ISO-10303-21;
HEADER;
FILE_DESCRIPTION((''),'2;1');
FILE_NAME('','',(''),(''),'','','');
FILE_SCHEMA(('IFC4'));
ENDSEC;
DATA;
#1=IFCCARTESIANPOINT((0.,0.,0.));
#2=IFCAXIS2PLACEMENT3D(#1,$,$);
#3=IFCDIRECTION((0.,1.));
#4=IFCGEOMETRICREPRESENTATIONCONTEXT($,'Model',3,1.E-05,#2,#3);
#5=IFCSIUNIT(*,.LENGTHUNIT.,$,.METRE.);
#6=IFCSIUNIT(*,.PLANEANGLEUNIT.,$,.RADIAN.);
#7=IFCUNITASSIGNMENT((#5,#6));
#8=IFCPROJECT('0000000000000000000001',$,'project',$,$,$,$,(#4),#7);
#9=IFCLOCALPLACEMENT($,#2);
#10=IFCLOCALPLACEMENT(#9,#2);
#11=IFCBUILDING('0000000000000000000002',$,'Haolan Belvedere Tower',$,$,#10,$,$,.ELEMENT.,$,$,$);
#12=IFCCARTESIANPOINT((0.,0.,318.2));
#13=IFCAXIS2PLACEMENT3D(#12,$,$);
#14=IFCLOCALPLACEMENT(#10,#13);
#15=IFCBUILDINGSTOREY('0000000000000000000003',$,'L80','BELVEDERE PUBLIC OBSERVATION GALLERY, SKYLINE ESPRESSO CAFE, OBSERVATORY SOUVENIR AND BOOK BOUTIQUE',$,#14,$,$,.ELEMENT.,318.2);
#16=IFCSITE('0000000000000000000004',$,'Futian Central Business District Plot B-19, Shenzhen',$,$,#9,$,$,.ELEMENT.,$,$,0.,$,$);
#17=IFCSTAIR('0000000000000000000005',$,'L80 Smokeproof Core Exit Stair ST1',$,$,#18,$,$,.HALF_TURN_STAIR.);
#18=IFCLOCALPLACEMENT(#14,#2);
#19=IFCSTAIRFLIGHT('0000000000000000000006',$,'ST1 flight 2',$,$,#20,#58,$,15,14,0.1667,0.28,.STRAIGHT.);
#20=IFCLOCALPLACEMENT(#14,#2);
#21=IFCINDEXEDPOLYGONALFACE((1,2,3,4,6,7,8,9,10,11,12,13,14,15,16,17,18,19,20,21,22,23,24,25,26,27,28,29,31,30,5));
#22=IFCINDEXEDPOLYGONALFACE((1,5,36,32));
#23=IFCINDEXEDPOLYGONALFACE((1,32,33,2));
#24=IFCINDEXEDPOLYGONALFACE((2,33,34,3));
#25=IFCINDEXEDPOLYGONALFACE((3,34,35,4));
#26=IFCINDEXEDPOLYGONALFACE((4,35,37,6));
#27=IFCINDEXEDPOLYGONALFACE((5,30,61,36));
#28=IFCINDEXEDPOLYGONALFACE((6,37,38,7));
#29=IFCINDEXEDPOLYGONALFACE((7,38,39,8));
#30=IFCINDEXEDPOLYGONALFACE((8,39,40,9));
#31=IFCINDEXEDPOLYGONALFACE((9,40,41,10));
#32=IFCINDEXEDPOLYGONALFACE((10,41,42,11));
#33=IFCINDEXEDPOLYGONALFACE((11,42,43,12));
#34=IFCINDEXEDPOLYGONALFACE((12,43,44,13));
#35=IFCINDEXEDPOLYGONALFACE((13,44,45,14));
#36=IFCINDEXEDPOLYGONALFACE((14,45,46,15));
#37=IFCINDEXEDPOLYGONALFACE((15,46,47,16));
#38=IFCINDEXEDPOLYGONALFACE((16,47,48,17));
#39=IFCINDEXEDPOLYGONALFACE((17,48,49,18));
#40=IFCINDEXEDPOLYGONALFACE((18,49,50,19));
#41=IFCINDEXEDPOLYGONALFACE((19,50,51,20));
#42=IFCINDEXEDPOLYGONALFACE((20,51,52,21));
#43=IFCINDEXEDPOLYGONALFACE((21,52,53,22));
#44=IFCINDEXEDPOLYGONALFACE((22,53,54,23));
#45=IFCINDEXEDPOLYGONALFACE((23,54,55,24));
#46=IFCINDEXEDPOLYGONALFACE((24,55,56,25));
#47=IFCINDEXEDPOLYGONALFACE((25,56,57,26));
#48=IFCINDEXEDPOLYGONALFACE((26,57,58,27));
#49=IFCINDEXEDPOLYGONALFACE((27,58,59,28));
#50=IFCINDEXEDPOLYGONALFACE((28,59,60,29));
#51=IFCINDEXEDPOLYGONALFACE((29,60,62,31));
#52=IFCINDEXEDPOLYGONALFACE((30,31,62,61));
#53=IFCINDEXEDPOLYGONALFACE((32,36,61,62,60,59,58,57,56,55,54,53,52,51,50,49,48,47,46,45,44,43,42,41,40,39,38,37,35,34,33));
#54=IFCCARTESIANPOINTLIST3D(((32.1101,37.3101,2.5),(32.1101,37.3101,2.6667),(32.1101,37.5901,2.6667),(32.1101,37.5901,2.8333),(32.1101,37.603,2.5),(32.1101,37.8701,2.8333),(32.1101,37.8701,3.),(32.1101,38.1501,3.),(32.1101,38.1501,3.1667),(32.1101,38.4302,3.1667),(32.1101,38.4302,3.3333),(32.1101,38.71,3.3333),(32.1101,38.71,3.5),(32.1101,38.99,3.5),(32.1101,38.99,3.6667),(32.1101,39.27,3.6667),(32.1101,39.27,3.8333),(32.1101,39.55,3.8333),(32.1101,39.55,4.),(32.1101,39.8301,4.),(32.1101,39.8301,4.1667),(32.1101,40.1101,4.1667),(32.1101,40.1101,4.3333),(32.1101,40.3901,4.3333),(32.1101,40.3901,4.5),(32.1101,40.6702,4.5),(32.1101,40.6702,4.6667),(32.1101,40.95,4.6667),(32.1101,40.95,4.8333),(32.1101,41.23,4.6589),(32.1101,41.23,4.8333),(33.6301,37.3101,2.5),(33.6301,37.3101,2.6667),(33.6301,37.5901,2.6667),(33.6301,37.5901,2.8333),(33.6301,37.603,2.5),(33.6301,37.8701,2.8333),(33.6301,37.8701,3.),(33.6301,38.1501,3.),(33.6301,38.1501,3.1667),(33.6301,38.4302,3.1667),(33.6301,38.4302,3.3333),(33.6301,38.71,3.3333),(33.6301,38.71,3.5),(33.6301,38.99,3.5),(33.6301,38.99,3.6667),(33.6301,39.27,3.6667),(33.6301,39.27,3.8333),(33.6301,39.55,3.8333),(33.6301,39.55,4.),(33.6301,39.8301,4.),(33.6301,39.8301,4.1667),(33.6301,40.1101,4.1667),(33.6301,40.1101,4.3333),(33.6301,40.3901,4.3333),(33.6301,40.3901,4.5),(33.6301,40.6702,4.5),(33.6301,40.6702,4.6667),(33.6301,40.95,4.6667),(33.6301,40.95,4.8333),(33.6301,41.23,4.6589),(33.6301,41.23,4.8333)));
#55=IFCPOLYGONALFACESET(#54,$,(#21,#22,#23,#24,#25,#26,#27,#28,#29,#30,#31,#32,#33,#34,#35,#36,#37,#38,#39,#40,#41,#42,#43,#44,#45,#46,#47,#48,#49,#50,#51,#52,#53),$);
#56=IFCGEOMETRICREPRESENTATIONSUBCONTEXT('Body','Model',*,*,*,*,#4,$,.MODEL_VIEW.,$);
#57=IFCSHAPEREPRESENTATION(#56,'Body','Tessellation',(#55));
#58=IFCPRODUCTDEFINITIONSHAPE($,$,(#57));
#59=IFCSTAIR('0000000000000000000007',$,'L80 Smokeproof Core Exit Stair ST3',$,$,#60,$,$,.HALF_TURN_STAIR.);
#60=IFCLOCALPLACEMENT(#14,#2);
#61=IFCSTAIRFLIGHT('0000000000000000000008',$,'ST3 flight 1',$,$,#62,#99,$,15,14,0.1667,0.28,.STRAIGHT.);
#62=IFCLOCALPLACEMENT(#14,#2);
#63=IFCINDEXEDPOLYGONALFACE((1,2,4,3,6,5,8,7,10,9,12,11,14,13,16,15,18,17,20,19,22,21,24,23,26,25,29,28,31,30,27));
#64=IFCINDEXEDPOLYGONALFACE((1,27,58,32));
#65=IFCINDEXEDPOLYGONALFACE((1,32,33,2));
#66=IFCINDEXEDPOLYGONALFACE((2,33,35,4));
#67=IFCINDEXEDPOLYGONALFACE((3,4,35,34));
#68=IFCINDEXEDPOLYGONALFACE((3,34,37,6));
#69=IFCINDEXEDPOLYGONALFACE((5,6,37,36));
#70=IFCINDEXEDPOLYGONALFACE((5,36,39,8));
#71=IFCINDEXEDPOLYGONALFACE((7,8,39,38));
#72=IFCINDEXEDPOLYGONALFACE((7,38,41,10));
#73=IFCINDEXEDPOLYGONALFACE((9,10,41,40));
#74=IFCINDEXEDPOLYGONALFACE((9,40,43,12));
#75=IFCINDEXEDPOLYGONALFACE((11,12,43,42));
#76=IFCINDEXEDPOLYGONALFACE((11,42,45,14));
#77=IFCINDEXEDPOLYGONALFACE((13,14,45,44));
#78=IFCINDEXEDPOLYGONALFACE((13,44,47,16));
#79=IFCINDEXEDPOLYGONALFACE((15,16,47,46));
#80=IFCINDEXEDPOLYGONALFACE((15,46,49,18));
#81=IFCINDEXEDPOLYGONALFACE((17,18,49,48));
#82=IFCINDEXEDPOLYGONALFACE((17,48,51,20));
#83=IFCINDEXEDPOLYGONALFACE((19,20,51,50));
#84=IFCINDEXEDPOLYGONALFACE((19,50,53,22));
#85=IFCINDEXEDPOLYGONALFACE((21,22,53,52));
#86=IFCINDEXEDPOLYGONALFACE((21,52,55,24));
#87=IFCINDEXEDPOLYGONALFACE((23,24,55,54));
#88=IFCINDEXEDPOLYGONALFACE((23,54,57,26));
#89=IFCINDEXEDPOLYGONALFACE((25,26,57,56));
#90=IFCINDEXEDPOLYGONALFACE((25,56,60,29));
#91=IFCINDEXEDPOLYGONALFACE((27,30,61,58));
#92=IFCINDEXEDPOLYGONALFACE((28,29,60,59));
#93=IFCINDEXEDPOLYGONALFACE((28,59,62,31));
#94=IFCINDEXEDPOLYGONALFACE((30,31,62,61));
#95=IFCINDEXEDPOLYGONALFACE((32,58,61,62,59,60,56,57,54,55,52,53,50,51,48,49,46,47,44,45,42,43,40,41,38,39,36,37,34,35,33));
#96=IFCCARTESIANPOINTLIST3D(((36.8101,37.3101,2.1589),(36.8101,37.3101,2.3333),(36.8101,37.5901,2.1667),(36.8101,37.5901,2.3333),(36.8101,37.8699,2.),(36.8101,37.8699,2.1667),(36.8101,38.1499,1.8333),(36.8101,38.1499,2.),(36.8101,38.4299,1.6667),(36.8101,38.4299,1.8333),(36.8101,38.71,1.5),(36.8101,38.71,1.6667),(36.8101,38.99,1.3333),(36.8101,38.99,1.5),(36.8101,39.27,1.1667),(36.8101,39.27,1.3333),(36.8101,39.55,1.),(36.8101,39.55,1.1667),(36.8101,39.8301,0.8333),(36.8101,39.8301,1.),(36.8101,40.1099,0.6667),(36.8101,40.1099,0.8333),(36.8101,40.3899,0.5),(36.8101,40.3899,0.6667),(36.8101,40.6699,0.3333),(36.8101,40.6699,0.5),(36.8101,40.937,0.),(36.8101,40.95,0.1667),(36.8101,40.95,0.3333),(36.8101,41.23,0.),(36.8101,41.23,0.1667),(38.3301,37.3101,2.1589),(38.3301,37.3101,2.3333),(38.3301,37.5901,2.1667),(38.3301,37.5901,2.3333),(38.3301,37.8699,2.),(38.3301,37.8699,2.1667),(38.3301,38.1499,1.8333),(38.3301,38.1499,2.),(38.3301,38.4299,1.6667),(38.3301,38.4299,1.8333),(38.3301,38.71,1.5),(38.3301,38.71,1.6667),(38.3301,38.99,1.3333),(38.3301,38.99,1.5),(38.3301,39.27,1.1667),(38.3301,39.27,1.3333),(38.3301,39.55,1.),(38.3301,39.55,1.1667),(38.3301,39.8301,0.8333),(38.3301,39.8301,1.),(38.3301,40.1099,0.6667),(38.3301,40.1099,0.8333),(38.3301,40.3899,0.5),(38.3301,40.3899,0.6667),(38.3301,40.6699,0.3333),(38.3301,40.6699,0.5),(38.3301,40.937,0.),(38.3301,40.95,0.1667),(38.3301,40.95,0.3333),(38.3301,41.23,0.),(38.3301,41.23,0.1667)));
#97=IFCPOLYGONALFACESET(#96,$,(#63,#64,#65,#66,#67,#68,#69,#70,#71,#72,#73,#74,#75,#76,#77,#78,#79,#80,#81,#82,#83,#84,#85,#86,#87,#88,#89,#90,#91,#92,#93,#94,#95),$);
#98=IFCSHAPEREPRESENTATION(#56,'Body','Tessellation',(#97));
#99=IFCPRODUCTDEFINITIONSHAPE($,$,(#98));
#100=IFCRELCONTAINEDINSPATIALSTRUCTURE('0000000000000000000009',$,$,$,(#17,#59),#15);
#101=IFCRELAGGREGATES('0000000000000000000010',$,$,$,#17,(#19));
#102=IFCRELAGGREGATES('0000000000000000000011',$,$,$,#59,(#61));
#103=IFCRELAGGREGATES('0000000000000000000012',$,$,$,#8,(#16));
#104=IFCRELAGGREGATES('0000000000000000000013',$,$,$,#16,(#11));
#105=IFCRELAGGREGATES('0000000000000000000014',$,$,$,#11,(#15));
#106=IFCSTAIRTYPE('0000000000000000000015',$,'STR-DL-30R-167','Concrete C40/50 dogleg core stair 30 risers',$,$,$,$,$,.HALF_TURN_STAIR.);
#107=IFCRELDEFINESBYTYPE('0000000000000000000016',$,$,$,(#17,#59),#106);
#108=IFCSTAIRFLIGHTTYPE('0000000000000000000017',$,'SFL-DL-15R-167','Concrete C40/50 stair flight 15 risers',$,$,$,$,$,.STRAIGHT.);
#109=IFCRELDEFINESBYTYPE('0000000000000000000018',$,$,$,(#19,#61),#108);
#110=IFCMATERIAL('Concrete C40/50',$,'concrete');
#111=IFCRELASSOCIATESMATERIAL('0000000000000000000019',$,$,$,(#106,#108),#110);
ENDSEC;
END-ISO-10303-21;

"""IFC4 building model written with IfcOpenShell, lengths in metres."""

from ifc_helpers import new_model, si_unit, direction, frame, origin, place, context, subcontext, project, spatial, polyline, outline, extrude, material, type_object, element, aggregate, save


model = new_model("IFC4")

# Units and contexts
model_context = context("Model", 3, precision=1e-05, world=origin(), true_north=direction((0.0, 1.0)))
body_context = subcontext(model_context, "Body", "Model", "MODEL_VIEW")
ifc_project = project(units=[si_unit("LENGTHUNIT", "METRE"), si_unit("PLANEANGLEUNIT", "RADIAN")], contexts=[model_context])

# Site, building, storey
site_placement = place(None, origin())
site = spatial("IfcSite", under=ifc_project, at=site_placement, Name="Futian Central Business District Plot B-19, Shenzhen", CompositionType="ELEMENT", RefElevation=0.0)
building_placement = place(site_placement, origin())
building = spatial("IfcBuilding", under=site, at=building_placement, Name="Haolan Belvedere Tower", CompositionType="ELEMENT")
storey_placement = place(building_placement, frame((0.0, 0.0, 318.2)))
storey = spatial("IfcBuildingStorey", under=building, at=storey_placement, Name="L80", Description="BELVEDERE PUBLIC OBSERVATION GALLERY, SKYLINE ESPRESSO CAFE, OBSERVATORY SOUVENIR AND BOOK BOUTIQUE", CompositionType="ELEMENT", Elevation=318.2)

# Stairs, stair flights
ifc_material_1 = material(Name="Concrete C40/50", Category="concrete")
stair_type = type_object("IfcStairType", Name="STR-DL-30R-167", Description="Concrete C40/50 dogleg core stair 30 risers", PredefinedType="HALF_TURN_STAIR", material=ifc_material_1)
stair_1_placement = place(storey_placement, origin())
stair_1 = element("IfcStair", 1, at=stair_1_placement, inside=storey, type_object=stair_type, Name="L80 Smokeproof Core Exit Stair ST1", PredefinedType="HALF_TURN_STAIR")
stair_flight_type = type_object("IfcStairFlightType", Name="SFL-DL-15R-167", Description="Concrete C40/50 stair flight 15 risers", PredefinedType="STRAIGHT", material=ifc_material_1)
stair_flight_1_placement = place(storey_placement, frame((32.8701, 37.3101, 2.5), z_axis=(0.0, 0.0, 1.0), x_axis=(0.0, 1.0, 0.0)))
stair_flight_1 = element("IfcStairFlight", 2, at=stair_flight_1_placement, type_object=stair_flight_type, Name="ST1 flight 2", NumberOfRisers=15, NumberOfTreads=14, PredefinedType="STRAIGHT", RiserHeight=0.1667, TreadLength=0.28, context=body_context, shape_type="SweptSolid", body=[
    extrude(outline(polyline([(0.0, 0.0), (0.0, 0.1667), (0.28, 0.1667), (0.28, 0.3333), (0.5601, 0.3333), (0.5601, 0.5), (0.8401, 0.5), (0.8401, 0.6667), (1.1201, 0.6667), (1.1201, 0.8333), (1.3999, 0.8333), (1.3999, 1.0), (1.6799, 1.0), (1.6799, 1.1667), (1.96, 1.1667), (1.96, 1.3333), (2.24, 1.3333), (2.24, 1.5), (2.52, 1.5), (2.52, 1.6667), (2.8, 1.6667), (2.8, 1.8333), (3.0801, 1.8333), (3.0801, 2.0), (3.3601, 2.0), (3.3601, 2.1667), (3.6399, 2.1667), (3.6399, 2.3333), (3.9199, 2.3333), (3.9199, 2.5), (3.9199, 2.1589), (0.293, 0.0), (0.0, 0.0)])), frame((0.0, 0.76, 0.0), z_axis=(0.0, -1.0, 0.0), x_axis=(1.0, 0.0, 0.0)), (0.0, 0.0, 1.0), 1.52),
])
aggregate(stair_1, [stair_flight_1])
stair_2_placement = place(storey_placement, origin())
stair_2 = element("IfcStair", 3, at=stair_2_placement, inside=storey, type_object=stair_type, Name="L80 Smokeproof Core Exit Stair ST3", PredefinedType="HALF_TURN_STAIR")
stair_flight_2_placement = place(storey_placement, frame((37.5701, 41.23, 0.0), z_axis=(0.0, 0.0, 1.0), x_axis=(0.0, -1.0, 0.0)))
stair_flight_2 = element("IfcStairFlight", 4, at=stair_flight_2_placement, type_object=stair_flight_type, Name="ST3 flight 1", NumberOfRisers=15, NumberOfTreads=14, PredefinedType="STRAIGHT", RiserHeight=0.1667, TreadLength=0.28, context=body_context, shape_type="SweptSolid", body=[
    extrude(outline(polyline([(0.0, 0.0), (0.0, 0.1667), (0.28, 0.1667), (0.28, 0.3333), (0.5601, 0.3333), (0.5601, 0.5), (0.8401, 0.5), (0.8401, 0.6667), (1.1201, 0.6667), (1.1201, 0.8333), (1.3999, 0.8333), (1.3999, 1.0), (1.6799, 1.0), (1.6799, 1.1667), (1.96, 1.1667), (1.96, 1.3333), (2.24, 1.3333), (2.24, 1.5), (2.52, 1.5), (2.52, 1.6667), (2.8, 1.6667), (2.8, 1.8333), (3.0801, 1.8333), (3.0801, 2.0), (3.3601, 2.0), (3.3601, 2.1667), (3.6399, 2.1667), (3.6399, 2.3333), (3.9199, 2.3333), (3.9199, 2.5), (3.9199, 2.1589), (0.293, 0.0), (0.0, 0.0)])), frame((0.0, 0.76, 0.0), z_axis=(0.0, -1.0, 0.0), x_axis=(1.0, 0.0, 0.0)), (0.0, 0.0, 1.0), 1.52),
])
aggregate(stair_2, [stair_flight_2])

save(model, "model.ifc")
